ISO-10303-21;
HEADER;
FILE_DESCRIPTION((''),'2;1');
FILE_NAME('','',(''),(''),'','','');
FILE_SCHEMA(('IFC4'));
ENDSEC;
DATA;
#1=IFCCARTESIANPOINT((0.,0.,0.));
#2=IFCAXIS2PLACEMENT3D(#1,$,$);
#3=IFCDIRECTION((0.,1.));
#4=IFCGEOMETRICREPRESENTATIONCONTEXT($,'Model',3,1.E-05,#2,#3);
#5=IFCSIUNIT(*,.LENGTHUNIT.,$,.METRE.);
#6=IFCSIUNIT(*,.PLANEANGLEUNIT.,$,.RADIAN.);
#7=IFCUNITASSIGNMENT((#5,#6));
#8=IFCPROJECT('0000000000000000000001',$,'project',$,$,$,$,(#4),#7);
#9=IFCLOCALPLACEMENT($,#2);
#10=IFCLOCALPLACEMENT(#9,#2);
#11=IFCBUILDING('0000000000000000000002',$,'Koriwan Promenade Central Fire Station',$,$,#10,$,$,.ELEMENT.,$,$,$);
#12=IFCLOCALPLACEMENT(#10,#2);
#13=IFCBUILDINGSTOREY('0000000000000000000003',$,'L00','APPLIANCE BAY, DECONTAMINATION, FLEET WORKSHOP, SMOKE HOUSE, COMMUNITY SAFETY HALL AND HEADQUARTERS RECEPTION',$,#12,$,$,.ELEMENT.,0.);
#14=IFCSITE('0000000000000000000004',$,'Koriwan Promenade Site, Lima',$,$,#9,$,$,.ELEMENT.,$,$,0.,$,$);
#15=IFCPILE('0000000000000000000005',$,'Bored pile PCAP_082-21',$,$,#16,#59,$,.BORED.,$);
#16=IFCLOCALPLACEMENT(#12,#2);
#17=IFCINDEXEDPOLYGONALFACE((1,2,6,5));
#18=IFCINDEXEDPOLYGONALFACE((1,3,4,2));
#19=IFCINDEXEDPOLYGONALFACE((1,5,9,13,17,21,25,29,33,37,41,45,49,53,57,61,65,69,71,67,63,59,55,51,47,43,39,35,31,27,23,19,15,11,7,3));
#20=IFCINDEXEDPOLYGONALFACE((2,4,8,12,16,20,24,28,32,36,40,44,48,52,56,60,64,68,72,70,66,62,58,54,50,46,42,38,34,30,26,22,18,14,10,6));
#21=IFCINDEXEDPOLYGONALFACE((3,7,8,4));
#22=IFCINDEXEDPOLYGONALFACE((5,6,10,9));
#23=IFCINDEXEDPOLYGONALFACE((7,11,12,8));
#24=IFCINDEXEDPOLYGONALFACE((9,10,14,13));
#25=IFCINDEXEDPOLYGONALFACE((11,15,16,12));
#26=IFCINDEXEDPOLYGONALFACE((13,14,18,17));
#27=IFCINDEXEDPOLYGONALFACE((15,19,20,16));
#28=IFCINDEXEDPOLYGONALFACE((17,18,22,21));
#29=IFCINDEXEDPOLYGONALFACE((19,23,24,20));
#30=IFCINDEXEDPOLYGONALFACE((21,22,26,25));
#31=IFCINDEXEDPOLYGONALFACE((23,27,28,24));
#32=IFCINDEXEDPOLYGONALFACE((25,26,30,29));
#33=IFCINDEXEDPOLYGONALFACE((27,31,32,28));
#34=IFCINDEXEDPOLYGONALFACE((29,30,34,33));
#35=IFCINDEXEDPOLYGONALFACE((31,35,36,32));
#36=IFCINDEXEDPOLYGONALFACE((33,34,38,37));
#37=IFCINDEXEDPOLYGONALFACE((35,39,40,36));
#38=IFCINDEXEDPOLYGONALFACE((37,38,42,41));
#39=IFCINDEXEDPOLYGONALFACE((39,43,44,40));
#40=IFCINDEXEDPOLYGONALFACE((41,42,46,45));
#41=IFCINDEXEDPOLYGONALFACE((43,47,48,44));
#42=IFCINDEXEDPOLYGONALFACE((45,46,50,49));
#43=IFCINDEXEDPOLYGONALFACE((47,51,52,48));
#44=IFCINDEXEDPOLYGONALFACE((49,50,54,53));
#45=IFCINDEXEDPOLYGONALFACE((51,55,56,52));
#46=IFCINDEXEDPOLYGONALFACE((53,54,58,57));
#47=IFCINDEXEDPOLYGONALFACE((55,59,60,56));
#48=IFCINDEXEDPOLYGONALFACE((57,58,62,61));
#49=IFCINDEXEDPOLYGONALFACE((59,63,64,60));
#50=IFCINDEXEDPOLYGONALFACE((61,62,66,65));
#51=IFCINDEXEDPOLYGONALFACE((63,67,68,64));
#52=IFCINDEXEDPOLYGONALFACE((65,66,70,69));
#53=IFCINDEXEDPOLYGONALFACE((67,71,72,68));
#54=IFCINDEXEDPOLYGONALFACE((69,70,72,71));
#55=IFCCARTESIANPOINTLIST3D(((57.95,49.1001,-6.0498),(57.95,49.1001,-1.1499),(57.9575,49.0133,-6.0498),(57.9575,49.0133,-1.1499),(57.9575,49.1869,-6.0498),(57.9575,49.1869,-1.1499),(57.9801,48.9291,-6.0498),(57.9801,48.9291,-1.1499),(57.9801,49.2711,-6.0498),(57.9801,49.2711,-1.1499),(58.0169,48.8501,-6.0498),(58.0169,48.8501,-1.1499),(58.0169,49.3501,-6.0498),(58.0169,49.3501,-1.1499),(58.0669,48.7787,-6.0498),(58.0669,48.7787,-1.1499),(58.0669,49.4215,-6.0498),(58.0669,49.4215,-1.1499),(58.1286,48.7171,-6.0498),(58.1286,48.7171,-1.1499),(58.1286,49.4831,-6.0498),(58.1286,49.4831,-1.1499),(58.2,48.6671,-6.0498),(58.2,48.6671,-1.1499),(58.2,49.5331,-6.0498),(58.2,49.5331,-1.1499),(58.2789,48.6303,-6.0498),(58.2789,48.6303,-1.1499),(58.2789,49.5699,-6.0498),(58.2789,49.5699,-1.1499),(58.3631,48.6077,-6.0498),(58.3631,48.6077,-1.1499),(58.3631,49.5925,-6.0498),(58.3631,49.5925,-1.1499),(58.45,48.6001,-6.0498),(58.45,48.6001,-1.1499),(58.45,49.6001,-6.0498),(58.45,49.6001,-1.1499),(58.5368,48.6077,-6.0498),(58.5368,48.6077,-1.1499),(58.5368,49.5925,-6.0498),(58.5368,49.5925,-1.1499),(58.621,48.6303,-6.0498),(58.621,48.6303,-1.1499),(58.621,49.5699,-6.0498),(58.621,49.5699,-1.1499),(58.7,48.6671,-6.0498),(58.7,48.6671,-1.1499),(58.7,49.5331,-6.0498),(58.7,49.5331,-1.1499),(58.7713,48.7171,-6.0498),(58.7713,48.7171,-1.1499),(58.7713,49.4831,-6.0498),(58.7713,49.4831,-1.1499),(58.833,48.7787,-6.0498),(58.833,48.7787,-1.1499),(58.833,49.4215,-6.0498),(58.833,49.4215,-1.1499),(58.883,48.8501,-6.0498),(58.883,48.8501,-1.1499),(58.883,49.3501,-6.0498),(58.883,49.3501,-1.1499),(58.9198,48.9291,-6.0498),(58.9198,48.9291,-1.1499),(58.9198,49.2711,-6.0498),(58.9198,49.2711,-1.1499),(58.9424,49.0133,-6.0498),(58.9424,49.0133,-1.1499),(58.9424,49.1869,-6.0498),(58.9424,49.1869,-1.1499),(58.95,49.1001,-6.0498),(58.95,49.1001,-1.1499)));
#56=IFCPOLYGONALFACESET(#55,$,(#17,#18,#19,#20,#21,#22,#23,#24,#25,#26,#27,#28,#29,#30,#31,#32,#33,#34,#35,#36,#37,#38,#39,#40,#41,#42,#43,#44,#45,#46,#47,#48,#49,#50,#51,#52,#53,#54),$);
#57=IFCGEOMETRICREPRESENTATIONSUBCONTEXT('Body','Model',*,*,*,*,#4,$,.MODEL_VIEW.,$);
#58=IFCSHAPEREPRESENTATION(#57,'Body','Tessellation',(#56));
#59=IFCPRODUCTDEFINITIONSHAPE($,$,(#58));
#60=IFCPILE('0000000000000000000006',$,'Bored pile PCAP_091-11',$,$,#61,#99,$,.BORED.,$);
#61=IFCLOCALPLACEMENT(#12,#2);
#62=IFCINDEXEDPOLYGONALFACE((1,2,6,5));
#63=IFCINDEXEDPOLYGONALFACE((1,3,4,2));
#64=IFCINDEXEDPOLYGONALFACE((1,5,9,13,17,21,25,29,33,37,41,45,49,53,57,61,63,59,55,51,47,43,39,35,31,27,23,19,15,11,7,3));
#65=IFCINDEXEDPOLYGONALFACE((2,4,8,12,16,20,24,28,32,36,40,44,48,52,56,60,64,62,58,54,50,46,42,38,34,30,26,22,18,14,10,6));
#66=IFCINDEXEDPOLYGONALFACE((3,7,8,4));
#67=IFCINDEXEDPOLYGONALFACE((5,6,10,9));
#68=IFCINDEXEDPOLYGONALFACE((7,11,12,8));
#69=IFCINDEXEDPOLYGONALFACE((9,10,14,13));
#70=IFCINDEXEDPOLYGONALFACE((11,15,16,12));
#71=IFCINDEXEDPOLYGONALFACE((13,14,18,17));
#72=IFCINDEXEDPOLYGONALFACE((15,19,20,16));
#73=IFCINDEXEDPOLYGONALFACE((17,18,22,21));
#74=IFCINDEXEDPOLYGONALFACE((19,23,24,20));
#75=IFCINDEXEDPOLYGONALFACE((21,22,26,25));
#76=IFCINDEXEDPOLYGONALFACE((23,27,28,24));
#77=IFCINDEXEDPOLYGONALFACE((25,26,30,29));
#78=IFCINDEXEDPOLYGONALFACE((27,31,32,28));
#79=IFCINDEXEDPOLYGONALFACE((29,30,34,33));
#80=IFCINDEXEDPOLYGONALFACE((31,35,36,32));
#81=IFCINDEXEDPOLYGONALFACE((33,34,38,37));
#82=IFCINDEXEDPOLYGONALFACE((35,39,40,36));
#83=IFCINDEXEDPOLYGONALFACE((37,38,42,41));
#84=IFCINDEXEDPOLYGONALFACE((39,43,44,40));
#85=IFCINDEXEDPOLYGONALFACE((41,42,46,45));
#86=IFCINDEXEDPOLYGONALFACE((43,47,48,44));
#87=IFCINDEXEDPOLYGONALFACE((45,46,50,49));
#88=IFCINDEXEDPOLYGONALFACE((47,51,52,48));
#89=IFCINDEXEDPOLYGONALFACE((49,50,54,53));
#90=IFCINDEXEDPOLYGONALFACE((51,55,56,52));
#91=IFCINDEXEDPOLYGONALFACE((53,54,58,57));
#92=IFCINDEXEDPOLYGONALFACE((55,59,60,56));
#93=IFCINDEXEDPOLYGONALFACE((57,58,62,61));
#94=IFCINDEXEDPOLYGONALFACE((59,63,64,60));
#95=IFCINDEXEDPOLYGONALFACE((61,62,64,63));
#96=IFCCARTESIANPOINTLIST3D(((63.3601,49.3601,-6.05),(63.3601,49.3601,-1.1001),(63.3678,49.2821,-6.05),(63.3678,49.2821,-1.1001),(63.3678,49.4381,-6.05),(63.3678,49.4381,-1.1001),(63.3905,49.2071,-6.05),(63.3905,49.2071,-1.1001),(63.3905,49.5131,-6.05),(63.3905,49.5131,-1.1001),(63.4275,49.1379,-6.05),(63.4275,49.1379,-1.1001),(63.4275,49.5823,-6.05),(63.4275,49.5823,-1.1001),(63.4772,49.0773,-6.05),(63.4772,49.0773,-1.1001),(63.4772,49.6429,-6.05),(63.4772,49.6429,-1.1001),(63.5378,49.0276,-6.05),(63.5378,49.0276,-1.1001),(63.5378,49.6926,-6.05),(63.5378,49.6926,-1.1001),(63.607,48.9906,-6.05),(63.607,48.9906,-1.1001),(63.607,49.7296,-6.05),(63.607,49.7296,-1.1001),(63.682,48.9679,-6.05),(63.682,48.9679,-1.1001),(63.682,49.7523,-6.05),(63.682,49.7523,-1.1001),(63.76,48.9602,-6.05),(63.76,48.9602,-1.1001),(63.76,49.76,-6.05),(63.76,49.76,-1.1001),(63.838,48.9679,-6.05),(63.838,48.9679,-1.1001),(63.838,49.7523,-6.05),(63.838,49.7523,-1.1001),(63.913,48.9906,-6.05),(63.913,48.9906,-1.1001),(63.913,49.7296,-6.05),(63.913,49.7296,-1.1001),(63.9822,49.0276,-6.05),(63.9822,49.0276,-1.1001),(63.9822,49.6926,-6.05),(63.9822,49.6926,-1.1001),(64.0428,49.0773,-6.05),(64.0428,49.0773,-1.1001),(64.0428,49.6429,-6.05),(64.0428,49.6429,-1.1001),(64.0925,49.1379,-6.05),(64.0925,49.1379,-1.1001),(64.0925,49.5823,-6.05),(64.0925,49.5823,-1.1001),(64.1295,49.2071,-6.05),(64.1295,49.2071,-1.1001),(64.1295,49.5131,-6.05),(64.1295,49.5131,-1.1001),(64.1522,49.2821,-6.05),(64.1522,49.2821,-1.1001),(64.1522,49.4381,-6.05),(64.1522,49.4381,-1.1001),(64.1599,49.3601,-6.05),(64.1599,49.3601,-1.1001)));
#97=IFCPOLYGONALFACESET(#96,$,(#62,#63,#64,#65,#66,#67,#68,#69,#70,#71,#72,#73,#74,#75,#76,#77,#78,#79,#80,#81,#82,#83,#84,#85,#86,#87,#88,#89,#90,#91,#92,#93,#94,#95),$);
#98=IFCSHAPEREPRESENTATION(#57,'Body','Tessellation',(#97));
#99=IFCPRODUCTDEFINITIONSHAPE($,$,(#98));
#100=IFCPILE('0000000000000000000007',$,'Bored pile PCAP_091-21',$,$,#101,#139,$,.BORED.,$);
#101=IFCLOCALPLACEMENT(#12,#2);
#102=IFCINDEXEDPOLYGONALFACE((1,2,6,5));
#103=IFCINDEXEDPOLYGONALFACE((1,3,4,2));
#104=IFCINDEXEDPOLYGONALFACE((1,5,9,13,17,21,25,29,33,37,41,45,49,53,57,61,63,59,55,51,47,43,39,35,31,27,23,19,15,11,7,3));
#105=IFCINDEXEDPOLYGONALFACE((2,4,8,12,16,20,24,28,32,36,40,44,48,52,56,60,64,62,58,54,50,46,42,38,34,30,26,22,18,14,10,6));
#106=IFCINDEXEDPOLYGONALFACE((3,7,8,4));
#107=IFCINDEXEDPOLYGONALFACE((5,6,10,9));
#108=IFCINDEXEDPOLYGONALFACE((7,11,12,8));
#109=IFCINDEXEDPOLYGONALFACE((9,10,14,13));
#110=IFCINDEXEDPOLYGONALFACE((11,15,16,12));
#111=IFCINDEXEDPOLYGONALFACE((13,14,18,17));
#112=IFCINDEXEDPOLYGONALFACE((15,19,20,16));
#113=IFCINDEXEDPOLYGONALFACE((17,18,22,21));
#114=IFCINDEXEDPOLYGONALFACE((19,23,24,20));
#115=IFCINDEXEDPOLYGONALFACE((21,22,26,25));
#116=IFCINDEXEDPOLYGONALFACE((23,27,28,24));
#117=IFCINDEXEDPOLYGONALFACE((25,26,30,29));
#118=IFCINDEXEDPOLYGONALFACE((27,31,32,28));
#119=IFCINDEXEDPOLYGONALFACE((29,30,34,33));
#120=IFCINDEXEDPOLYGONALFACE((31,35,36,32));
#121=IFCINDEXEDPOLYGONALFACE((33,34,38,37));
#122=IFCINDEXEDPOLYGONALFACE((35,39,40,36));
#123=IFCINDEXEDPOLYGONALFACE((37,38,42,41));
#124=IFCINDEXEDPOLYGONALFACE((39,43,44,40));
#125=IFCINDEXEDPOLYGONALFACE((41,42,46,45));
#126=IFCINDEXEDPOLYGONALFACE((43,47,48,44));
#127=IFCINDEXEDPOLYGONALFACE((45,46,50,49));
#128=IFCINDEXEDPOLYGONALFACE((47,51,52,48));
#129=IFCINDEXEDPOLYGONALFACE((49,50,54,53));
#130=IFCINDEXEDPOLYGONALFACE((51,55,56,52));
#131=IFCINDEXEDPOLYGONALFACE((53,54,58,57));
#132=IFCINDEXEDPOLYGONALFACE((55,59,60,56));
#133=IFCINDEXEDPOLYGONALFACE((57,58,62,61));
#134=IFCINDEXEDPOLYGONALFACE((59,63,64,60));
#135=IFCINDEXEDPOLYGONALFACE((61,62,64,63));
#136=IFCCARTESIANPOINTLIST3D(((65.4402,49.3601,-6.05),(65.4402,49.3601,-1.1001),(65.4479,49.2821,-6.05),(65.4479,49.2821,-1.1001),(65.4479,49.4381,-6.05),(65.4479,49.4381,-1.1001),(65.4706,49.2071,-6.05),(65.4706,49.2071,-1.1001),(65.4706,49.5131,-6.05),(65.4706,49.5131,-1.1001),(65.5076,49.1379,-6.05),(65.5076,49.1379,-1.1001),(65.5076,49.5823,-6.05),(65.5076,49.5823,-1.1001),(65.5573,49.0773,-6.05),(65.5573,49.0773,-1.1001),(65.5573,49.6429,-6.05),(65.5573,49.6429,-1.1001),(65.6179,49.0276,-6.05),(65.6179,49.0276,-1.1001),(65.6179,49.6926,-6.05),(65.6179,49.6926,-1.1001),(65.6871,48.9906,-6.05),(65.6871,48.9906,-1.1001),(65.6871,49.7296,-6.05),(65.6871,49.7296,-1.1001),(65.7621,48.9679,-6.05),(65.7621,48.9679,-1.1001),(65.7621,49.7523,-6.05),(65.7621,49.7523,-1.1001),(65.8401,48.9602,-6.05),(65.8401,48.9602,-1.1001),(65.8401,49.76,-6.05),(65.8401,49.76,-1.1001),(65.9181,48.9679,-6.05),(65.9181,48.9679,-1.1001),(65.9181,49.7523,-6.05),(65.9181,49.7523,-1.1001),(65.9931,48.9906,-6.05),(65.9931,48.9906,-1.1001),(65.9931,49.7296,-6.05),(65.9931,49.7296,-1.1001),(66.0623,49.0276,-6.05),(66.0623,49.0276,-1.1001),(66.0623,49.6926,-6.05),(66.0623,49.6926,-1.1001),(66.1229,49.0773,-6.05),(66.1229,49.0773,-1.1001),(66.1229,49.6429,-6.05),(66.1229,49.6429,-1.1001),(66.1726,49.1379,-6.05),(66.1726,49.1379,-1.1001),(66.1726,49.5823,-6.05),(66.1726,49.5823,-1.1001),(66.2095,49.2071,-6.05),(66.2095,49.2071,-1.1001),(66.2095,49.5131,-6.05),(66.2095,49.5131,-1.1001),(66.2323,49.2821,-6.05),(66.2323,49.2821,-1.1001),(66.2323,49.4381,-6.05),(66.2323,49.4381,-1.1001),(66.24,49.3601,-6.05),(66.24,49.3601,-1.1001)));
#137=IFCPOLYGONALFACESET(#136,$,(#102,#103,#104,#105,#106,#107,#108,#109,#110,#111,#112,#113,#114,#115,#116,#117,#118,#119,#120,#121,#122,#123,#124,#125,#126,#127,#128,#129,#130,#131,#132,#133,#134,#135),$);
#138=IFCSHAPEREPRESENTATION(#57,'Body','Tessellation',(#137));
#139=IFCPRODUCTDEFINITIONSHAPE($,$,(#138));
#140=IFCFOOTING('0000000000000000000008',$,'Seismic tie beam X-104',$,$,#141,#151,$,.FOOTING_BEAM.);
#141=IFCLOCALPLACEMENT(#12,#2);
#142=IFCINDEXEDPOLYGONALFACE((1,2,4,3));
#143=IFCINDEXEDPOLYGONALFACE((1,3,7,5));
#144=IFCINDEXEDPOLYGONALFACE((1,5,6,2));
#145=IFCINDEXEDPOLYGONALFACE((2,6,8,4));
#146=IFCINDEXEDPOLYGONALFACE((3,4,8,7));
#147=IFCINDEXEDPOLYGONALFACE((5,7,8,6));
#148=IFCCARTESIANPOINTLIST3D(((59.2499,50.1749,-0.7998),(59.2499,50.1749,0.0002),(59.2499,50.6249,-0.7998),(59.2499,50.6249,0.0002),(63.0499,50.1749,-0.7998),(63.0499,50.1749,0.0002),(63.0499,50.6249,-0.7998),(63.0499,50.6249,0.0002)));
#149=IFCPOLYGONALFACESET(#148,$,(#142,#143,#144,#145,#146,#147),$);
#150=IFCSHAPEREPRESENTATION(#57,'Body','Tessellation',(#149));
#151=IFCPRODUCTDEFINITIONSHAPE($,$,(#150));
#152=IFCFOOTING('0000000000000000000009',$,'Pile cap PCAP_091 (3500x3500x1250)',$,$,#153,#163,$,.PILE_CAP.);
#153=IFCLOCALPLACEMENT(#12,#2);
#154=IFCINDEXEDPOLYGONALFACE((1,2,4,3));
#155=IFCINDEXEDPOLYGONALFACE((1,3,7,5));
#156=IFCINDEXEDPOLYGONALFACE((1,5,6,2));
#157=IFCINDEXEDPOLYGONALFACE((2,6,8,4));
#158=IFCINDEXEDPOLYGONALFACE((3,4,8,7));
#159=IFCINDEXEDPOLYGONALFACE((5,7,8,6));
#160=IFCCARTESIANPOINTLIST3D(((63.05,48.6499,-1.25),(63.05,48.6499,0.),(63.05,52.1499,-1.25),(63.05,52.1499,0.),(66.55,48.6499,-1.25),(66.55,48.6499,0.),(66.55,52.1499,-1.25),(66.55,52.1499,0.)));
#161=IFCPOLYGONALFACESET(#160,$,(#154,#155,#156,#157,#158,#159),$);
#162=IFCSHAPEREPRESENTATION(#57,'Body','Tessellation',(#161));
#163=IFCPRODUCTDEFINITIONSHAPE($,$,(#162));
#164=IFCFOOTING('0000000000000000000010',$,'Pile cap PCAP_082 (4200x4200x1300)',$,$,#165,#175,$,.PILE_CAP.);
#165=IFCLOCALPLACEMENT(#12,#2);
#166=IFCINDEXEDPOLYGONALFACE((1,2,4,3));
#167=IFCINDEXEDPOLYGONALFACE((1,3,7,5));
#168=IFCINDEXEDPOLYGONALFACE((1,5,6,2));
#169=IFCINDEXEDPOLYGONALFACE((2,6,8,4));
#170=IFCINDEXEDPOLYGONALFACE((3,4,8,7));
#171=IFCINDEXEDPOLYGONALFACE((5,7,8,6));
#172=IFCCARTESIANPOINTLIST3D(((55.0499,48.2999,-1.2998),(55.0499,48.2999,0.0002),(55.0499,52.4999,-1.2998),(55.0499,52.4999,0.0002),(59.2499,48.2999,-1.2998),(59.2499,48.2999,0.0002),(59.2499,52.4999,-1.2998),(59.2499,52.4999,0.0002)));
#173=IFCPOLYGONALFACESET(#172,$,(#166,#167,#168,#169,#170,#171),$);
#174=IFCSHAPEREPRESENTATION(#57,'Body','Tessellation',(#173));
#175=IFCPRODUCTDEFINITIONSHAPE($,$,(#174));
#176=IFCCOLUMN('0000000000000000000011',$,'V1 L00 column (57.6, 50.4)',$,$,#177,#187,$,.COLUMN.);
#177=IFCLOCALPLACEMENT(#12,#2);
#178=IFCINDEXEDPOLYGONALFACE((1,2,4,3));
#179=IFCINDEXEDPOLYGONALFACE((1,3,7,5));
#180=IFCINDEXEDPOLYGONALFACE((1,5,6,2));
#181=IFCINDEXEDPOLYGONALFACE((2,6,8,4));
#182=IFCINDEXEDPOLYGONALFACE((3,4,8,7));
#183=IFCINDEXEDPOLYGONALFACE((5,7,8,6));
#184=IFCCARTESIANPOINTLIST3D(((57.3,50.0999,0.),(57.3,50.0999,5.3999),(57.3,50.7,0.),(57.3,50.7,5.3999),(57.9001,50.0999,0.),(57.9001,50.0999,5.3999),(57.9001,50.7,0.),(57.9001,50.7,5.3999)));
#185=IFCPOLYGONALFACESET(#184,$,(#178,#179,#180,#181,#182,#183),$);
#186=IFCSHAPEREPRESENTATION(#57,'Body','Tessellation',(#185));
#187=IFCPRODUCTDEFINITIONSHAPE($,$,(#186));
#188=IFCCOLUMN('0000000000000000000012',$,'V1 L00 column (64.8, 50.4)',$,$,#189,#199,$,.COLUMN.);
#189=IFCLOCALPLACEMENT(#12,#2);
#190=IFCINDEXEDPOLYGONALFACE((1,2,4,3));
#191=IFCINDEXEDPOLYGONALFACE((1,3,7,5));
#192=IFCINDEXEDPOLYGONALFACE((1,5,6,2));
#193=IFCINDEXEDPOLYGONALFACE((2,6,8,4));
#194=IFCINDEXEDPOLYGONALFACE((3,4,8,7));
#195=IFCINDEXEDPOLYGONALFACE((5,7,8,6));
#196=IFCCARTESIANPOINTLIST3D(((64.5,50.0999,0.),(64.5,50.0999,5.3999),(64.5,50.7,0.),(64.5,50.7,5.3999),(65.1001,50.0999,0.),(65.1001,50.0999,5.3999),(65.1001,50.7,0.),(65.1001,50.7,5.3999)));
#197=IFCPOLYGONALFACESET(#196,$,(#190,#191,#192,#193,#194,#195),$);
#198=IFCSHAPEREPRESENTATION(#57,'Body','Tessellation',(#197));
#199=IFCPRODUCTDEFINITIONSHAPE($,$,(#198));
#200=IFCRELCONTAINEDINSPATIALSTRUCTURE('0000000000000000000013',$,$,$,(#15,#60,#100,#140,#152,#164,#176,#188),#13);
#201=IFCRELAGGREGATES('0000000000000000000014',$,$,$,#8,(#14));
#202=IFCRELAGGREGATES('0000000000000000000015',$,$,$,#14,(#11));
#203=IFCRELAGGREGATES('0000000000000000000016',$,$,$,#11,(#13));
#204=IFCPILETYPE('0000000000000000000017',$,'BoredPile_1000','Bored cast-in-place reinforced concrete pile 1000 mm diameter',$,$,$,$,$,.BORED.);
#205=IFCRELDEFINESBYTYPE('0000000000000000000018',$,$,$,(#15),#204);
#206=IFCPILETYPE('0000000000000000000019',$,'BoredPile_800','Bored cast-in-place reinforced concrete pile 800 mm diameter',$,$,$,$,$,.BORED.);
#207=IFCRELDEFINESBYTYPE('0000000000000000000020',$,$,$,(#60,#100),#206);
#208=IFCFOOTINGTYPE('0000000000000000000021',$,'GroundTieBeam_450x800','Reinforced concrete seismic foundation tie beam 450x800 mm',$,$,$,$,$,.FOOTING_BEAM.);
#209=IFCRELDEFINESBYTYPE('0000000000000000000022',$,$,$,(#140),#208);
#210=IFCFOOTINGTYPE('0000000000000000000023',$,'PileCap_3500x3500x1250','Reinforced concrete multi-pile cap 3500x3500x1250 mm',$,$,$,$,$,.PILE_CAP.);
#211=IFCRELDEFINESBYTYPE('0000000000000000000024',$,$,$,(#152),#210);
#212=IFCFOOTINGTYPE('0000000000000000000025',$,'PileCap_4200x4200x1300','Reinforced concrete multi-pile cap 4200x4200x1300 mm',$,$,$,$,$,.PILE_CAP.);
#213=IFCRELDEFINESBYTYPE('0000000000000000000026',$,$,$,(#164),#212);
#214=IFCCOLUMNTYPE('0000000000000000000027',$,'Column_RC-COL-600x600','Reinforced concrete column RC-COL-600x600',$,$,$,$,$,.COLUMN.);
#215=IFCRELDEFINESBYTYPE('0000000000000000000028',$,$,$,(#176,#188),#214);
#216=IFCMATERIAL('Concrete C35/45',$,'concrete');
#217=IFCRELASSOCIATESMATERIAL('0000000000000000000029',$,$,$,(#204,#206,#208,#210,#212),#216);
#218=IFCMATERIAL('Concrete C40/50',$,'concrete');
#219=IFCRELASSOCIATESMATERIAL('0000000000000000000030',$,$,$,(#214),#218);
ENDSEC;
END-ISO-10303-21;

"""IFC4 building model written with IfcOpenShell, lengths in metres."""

from ifc_helpers import new_model, si_unit, direction, frame, origin, origin_2d, place, context, subcontext, project, spatial, rectangle, circle, extrude, material, material_profile, profile_set, type_object, element, save


model = new_model("IFC4")

# Units and contexts
model_context = context("Model", 3, precision=1e-05, world=origin(), true_north=direction((0.0, 1.0)))
body_context = subcontext(model_context, "Body", "Model", "MODEL_VIEW")
ifc_project = project(units=[si_unit("LENGTHUNIT", "METRE"), si_unit("PLANEANGLEUNIT", "RADIAN")], contexts=[model_context])

# Site, building, storey
site_placement = place(None, origin())
site = spatial("IfcSite", under=ifc_project, at=site_placement, Name="Koriwan Promenade Site, Lima", CompositionType="ELEMENT", RefElevation=0.0)
building_placement = place(site_placement, origin())
building = spatial("IfcBuilding", under=site, at=building_placement, Name="Koriwan Promenade Central Fire Station", CompositionType="ELEMENT")
storey_placement = place(building_placement, origin())
storey = spatial("IfcBuildingStorey", under=building, at=storey_placement, Name="L00", Description="APPLIANCE BAY, DECONTAMINATION, FLEET WORKSHOP, SMOKE HOUSE, COMMUNITY SAFETY HALL AND HEADQUARTERS RECEPTION", CompositionType="ELEMENT", Elevation=0.0)

# Piles
ifc_material_1 = material(Name="Concrete C35/45", Category="concrete")
ifc_material_profile_1 = material_profile(ifc_material_1, circle(Radius=0.5, at=origin_2d()), Name="PILE-D1000")
ifc_profile_set_1 = profile_set([ifc_material_profile_1], Name="Concrete C35/45")
pile_type_1 = type_object("IfcPileType", Name="BoredPile_1000", Description="Bored cast-in-place reinforced concrete pile 1000 mm diameter", PredefinedType="BORED", material=ifc_profile_set_1)
pile_placement = place(storey_placement, frame((58.45, 49.1001, -1.1499), z_axis=(0.0, 0.0, -1.0), x_axis=(1.0, 0.0, 0.0)))
element("IfcPile", 1, at=pile_placement, inside=storey, type_object=pile_type_1, Name="Bored pile PCAP_082-21", PredefinedType="BORED", context=body_context, shape_type="SweptSolid", body=[
    extrude(circle(Radius=0.5, at=origin_2d()), origin(), (0.0, 0.0, 1.0), 4.8999),
])
ifc_material_profile_2 = material_profile(ifc_material_1, circle(Radius=0.3999, at=origin_2d()), Name="PILE-D800")
ifc_profile_set_2 = profile_set([ifc_material_profile_2], Name="Concrete C35/45")
pile_type_2 = type_object("IfcPileType", Name="BoredPile_800", Description="Bored cast-in-place reinforced concrete pile 800 mm diameter", PredefinedType="BORED", material=ifc_profile_set_2)
for number, where, z_axis, x_axis, name in (
    (2, (63.76, 49.3601, -1.1001), (0.0, 0.0, -1.0), (1.0, 0.0, 0.0), "Bored pile PCAP_091-11"),
    (3, (65.8401, 49.3601, -1.1001), (0.0, 0.0, -1.0), (1.0, 0.0, 0.0), "Bored pile PCAP_091-21"),
):
    element("IfcPile", number, at=place(storey_placement, frame(where, z_axis=z_axis, x_axis=x_axis)), inside=storey, type_object=pile_type_2, Name=name, PredefinedType="BORED", context=body_context, shape_type="SweptSolid", body=[
        extrude(circle(Radius=0.3999, at=origin_2d()), origin(), (0.0, 0.0, 1.0), 4.95),
    ])

# Footings
footing_type_1 = type_object("IfcFootingType", Name="GroundTieBeam_450x800", Description="Reinforced concrete seismic foundation tie beam 450x800 mm", PredefinedType="FOOTING_BEAM", material=ifc_material_1)
footing_1_placement = place(storey_placement, frame((61.1499, 50.3999, -0.7998), z_axis=(0.0, 0.0, 1.0), x_axis=(1.0, 0.0, 0.0)))
element("IfcFooting", 4, at=footing_1_placement, inside=storey, type_object=footing_type_1, Name="Seismic tie beam X-104", PredefinedType="FOOTING_BEAM", context=body_context, shape_type="SweptSolid", body=[
    extrude(rectangle(XDim=3.8, YDim=0.45, at=origin_2d()), origin(), (0.0, 0.0, 1.0), 0.8),
])
footing_type_2 = type_object("IfcFootingType", Name="PileCap_3500x3500x1250", Description="Reinforced concrete multi-pile cap 3500x3500x1250 mm", PredefinedType="PILE_CAP", material=ifc_material_1)
footing_2_placement = place(storey_placement, frame((64.8, 50.3999, -1.25), z_axis=(0.0, 0.0, 1.0), x_axis=(1.0, 0.0, 0.0)))
element("IfcFooting", 5, at=footing_2_placement, inside=storey, type_object=footing_type_2, Name="Pile cap PCAP_091 (3500x3500x1250)", PredefinedType="PILE_CAP", context=body_context, shape_type="SweptSolid", body=[
    extrude(rectangle(XDim=3.5, YDim=3.5, at=origin_2d()), origin(), (0.0, 0.0, 1.0), 1.25),
])
footing_type_3 = type_object("IfcFootingType", Name="PileCap_4200x4200x1300", Description="Reinforced concrete multi-pile cap 4200x4200x1300 mm", PredefinedType="PILE_CAP", material=ifc_material_1)
footing_3_placement = place(storey_placement, frame((57.1499, 50.3999, -1.2998), z_axis=(0.0, 0.0, 1.0), x_axis=(1.0, 0.0, 0.0)))
element("IfcFooting", 6, at=footing_3_placement, inside=storey, type_object=footing_type_3, Name="Pile cap PCAP_082 (4200x4200x1300)", PredefinedType="PILE_CAP", context=body_context, shape_type="SweptSolid", body=[
    extrude(rectangle(XDim=4.2, YDim=4.2, at=origin_2d()), origin(), (0.0, 0.0, 1.0), 1.3),
])

# Columns
ifc_material_2 = material(Name="Concrete C40/50", Category="concrete")
ifc_material_profile_3 = material_profile(ifc_material_2, rectangle(XDim=0.6001, YDim=0.6001, at=origin_2d()), Name="RC-COL-600x600")
ifc_profile_set_3 = profile_set([ifc_material_profile_3], Name="Concrete C40/50")
column_type = type_object("IfcColumnType", Name="Column_RC-COL-600x600", Description="Reinforced concrete column RC-COL-600x600", PredefinedType="COLUMN", material=ifc_profile_set_3)
for number, where, z_axis, x_axis, name in (
    (7, (57.6001, 50.3999, 0.0), (0.0, 0.0, 1.0), (1.0, 0.0, 0.0), "V1 L00 column (57.6, 50.4)"),
    (8, (64.8, 50.3999, 0.0), (0.0, 0.0, 1.0), (1.0, 0.0, 0.0), "V1 L00 column (64.8, 50.4)"),
):
    element("IfcColumn", number, at=place(storey_placement, frame(where, z_axis=z_axis, x_axis=x_axis)), inside=storey, type_object=column_type, Name=name, PredefinedType="COLUMN", context=body_context, shape_type="SweptSolid", body=[
        extrude(rectangle(XDim=0.6001, YDim=0.6001, at=origin_2d()), origin(), (0.0, 0.0, 1.0), 5.3999),
    ])

save(model, "model.ifc")
